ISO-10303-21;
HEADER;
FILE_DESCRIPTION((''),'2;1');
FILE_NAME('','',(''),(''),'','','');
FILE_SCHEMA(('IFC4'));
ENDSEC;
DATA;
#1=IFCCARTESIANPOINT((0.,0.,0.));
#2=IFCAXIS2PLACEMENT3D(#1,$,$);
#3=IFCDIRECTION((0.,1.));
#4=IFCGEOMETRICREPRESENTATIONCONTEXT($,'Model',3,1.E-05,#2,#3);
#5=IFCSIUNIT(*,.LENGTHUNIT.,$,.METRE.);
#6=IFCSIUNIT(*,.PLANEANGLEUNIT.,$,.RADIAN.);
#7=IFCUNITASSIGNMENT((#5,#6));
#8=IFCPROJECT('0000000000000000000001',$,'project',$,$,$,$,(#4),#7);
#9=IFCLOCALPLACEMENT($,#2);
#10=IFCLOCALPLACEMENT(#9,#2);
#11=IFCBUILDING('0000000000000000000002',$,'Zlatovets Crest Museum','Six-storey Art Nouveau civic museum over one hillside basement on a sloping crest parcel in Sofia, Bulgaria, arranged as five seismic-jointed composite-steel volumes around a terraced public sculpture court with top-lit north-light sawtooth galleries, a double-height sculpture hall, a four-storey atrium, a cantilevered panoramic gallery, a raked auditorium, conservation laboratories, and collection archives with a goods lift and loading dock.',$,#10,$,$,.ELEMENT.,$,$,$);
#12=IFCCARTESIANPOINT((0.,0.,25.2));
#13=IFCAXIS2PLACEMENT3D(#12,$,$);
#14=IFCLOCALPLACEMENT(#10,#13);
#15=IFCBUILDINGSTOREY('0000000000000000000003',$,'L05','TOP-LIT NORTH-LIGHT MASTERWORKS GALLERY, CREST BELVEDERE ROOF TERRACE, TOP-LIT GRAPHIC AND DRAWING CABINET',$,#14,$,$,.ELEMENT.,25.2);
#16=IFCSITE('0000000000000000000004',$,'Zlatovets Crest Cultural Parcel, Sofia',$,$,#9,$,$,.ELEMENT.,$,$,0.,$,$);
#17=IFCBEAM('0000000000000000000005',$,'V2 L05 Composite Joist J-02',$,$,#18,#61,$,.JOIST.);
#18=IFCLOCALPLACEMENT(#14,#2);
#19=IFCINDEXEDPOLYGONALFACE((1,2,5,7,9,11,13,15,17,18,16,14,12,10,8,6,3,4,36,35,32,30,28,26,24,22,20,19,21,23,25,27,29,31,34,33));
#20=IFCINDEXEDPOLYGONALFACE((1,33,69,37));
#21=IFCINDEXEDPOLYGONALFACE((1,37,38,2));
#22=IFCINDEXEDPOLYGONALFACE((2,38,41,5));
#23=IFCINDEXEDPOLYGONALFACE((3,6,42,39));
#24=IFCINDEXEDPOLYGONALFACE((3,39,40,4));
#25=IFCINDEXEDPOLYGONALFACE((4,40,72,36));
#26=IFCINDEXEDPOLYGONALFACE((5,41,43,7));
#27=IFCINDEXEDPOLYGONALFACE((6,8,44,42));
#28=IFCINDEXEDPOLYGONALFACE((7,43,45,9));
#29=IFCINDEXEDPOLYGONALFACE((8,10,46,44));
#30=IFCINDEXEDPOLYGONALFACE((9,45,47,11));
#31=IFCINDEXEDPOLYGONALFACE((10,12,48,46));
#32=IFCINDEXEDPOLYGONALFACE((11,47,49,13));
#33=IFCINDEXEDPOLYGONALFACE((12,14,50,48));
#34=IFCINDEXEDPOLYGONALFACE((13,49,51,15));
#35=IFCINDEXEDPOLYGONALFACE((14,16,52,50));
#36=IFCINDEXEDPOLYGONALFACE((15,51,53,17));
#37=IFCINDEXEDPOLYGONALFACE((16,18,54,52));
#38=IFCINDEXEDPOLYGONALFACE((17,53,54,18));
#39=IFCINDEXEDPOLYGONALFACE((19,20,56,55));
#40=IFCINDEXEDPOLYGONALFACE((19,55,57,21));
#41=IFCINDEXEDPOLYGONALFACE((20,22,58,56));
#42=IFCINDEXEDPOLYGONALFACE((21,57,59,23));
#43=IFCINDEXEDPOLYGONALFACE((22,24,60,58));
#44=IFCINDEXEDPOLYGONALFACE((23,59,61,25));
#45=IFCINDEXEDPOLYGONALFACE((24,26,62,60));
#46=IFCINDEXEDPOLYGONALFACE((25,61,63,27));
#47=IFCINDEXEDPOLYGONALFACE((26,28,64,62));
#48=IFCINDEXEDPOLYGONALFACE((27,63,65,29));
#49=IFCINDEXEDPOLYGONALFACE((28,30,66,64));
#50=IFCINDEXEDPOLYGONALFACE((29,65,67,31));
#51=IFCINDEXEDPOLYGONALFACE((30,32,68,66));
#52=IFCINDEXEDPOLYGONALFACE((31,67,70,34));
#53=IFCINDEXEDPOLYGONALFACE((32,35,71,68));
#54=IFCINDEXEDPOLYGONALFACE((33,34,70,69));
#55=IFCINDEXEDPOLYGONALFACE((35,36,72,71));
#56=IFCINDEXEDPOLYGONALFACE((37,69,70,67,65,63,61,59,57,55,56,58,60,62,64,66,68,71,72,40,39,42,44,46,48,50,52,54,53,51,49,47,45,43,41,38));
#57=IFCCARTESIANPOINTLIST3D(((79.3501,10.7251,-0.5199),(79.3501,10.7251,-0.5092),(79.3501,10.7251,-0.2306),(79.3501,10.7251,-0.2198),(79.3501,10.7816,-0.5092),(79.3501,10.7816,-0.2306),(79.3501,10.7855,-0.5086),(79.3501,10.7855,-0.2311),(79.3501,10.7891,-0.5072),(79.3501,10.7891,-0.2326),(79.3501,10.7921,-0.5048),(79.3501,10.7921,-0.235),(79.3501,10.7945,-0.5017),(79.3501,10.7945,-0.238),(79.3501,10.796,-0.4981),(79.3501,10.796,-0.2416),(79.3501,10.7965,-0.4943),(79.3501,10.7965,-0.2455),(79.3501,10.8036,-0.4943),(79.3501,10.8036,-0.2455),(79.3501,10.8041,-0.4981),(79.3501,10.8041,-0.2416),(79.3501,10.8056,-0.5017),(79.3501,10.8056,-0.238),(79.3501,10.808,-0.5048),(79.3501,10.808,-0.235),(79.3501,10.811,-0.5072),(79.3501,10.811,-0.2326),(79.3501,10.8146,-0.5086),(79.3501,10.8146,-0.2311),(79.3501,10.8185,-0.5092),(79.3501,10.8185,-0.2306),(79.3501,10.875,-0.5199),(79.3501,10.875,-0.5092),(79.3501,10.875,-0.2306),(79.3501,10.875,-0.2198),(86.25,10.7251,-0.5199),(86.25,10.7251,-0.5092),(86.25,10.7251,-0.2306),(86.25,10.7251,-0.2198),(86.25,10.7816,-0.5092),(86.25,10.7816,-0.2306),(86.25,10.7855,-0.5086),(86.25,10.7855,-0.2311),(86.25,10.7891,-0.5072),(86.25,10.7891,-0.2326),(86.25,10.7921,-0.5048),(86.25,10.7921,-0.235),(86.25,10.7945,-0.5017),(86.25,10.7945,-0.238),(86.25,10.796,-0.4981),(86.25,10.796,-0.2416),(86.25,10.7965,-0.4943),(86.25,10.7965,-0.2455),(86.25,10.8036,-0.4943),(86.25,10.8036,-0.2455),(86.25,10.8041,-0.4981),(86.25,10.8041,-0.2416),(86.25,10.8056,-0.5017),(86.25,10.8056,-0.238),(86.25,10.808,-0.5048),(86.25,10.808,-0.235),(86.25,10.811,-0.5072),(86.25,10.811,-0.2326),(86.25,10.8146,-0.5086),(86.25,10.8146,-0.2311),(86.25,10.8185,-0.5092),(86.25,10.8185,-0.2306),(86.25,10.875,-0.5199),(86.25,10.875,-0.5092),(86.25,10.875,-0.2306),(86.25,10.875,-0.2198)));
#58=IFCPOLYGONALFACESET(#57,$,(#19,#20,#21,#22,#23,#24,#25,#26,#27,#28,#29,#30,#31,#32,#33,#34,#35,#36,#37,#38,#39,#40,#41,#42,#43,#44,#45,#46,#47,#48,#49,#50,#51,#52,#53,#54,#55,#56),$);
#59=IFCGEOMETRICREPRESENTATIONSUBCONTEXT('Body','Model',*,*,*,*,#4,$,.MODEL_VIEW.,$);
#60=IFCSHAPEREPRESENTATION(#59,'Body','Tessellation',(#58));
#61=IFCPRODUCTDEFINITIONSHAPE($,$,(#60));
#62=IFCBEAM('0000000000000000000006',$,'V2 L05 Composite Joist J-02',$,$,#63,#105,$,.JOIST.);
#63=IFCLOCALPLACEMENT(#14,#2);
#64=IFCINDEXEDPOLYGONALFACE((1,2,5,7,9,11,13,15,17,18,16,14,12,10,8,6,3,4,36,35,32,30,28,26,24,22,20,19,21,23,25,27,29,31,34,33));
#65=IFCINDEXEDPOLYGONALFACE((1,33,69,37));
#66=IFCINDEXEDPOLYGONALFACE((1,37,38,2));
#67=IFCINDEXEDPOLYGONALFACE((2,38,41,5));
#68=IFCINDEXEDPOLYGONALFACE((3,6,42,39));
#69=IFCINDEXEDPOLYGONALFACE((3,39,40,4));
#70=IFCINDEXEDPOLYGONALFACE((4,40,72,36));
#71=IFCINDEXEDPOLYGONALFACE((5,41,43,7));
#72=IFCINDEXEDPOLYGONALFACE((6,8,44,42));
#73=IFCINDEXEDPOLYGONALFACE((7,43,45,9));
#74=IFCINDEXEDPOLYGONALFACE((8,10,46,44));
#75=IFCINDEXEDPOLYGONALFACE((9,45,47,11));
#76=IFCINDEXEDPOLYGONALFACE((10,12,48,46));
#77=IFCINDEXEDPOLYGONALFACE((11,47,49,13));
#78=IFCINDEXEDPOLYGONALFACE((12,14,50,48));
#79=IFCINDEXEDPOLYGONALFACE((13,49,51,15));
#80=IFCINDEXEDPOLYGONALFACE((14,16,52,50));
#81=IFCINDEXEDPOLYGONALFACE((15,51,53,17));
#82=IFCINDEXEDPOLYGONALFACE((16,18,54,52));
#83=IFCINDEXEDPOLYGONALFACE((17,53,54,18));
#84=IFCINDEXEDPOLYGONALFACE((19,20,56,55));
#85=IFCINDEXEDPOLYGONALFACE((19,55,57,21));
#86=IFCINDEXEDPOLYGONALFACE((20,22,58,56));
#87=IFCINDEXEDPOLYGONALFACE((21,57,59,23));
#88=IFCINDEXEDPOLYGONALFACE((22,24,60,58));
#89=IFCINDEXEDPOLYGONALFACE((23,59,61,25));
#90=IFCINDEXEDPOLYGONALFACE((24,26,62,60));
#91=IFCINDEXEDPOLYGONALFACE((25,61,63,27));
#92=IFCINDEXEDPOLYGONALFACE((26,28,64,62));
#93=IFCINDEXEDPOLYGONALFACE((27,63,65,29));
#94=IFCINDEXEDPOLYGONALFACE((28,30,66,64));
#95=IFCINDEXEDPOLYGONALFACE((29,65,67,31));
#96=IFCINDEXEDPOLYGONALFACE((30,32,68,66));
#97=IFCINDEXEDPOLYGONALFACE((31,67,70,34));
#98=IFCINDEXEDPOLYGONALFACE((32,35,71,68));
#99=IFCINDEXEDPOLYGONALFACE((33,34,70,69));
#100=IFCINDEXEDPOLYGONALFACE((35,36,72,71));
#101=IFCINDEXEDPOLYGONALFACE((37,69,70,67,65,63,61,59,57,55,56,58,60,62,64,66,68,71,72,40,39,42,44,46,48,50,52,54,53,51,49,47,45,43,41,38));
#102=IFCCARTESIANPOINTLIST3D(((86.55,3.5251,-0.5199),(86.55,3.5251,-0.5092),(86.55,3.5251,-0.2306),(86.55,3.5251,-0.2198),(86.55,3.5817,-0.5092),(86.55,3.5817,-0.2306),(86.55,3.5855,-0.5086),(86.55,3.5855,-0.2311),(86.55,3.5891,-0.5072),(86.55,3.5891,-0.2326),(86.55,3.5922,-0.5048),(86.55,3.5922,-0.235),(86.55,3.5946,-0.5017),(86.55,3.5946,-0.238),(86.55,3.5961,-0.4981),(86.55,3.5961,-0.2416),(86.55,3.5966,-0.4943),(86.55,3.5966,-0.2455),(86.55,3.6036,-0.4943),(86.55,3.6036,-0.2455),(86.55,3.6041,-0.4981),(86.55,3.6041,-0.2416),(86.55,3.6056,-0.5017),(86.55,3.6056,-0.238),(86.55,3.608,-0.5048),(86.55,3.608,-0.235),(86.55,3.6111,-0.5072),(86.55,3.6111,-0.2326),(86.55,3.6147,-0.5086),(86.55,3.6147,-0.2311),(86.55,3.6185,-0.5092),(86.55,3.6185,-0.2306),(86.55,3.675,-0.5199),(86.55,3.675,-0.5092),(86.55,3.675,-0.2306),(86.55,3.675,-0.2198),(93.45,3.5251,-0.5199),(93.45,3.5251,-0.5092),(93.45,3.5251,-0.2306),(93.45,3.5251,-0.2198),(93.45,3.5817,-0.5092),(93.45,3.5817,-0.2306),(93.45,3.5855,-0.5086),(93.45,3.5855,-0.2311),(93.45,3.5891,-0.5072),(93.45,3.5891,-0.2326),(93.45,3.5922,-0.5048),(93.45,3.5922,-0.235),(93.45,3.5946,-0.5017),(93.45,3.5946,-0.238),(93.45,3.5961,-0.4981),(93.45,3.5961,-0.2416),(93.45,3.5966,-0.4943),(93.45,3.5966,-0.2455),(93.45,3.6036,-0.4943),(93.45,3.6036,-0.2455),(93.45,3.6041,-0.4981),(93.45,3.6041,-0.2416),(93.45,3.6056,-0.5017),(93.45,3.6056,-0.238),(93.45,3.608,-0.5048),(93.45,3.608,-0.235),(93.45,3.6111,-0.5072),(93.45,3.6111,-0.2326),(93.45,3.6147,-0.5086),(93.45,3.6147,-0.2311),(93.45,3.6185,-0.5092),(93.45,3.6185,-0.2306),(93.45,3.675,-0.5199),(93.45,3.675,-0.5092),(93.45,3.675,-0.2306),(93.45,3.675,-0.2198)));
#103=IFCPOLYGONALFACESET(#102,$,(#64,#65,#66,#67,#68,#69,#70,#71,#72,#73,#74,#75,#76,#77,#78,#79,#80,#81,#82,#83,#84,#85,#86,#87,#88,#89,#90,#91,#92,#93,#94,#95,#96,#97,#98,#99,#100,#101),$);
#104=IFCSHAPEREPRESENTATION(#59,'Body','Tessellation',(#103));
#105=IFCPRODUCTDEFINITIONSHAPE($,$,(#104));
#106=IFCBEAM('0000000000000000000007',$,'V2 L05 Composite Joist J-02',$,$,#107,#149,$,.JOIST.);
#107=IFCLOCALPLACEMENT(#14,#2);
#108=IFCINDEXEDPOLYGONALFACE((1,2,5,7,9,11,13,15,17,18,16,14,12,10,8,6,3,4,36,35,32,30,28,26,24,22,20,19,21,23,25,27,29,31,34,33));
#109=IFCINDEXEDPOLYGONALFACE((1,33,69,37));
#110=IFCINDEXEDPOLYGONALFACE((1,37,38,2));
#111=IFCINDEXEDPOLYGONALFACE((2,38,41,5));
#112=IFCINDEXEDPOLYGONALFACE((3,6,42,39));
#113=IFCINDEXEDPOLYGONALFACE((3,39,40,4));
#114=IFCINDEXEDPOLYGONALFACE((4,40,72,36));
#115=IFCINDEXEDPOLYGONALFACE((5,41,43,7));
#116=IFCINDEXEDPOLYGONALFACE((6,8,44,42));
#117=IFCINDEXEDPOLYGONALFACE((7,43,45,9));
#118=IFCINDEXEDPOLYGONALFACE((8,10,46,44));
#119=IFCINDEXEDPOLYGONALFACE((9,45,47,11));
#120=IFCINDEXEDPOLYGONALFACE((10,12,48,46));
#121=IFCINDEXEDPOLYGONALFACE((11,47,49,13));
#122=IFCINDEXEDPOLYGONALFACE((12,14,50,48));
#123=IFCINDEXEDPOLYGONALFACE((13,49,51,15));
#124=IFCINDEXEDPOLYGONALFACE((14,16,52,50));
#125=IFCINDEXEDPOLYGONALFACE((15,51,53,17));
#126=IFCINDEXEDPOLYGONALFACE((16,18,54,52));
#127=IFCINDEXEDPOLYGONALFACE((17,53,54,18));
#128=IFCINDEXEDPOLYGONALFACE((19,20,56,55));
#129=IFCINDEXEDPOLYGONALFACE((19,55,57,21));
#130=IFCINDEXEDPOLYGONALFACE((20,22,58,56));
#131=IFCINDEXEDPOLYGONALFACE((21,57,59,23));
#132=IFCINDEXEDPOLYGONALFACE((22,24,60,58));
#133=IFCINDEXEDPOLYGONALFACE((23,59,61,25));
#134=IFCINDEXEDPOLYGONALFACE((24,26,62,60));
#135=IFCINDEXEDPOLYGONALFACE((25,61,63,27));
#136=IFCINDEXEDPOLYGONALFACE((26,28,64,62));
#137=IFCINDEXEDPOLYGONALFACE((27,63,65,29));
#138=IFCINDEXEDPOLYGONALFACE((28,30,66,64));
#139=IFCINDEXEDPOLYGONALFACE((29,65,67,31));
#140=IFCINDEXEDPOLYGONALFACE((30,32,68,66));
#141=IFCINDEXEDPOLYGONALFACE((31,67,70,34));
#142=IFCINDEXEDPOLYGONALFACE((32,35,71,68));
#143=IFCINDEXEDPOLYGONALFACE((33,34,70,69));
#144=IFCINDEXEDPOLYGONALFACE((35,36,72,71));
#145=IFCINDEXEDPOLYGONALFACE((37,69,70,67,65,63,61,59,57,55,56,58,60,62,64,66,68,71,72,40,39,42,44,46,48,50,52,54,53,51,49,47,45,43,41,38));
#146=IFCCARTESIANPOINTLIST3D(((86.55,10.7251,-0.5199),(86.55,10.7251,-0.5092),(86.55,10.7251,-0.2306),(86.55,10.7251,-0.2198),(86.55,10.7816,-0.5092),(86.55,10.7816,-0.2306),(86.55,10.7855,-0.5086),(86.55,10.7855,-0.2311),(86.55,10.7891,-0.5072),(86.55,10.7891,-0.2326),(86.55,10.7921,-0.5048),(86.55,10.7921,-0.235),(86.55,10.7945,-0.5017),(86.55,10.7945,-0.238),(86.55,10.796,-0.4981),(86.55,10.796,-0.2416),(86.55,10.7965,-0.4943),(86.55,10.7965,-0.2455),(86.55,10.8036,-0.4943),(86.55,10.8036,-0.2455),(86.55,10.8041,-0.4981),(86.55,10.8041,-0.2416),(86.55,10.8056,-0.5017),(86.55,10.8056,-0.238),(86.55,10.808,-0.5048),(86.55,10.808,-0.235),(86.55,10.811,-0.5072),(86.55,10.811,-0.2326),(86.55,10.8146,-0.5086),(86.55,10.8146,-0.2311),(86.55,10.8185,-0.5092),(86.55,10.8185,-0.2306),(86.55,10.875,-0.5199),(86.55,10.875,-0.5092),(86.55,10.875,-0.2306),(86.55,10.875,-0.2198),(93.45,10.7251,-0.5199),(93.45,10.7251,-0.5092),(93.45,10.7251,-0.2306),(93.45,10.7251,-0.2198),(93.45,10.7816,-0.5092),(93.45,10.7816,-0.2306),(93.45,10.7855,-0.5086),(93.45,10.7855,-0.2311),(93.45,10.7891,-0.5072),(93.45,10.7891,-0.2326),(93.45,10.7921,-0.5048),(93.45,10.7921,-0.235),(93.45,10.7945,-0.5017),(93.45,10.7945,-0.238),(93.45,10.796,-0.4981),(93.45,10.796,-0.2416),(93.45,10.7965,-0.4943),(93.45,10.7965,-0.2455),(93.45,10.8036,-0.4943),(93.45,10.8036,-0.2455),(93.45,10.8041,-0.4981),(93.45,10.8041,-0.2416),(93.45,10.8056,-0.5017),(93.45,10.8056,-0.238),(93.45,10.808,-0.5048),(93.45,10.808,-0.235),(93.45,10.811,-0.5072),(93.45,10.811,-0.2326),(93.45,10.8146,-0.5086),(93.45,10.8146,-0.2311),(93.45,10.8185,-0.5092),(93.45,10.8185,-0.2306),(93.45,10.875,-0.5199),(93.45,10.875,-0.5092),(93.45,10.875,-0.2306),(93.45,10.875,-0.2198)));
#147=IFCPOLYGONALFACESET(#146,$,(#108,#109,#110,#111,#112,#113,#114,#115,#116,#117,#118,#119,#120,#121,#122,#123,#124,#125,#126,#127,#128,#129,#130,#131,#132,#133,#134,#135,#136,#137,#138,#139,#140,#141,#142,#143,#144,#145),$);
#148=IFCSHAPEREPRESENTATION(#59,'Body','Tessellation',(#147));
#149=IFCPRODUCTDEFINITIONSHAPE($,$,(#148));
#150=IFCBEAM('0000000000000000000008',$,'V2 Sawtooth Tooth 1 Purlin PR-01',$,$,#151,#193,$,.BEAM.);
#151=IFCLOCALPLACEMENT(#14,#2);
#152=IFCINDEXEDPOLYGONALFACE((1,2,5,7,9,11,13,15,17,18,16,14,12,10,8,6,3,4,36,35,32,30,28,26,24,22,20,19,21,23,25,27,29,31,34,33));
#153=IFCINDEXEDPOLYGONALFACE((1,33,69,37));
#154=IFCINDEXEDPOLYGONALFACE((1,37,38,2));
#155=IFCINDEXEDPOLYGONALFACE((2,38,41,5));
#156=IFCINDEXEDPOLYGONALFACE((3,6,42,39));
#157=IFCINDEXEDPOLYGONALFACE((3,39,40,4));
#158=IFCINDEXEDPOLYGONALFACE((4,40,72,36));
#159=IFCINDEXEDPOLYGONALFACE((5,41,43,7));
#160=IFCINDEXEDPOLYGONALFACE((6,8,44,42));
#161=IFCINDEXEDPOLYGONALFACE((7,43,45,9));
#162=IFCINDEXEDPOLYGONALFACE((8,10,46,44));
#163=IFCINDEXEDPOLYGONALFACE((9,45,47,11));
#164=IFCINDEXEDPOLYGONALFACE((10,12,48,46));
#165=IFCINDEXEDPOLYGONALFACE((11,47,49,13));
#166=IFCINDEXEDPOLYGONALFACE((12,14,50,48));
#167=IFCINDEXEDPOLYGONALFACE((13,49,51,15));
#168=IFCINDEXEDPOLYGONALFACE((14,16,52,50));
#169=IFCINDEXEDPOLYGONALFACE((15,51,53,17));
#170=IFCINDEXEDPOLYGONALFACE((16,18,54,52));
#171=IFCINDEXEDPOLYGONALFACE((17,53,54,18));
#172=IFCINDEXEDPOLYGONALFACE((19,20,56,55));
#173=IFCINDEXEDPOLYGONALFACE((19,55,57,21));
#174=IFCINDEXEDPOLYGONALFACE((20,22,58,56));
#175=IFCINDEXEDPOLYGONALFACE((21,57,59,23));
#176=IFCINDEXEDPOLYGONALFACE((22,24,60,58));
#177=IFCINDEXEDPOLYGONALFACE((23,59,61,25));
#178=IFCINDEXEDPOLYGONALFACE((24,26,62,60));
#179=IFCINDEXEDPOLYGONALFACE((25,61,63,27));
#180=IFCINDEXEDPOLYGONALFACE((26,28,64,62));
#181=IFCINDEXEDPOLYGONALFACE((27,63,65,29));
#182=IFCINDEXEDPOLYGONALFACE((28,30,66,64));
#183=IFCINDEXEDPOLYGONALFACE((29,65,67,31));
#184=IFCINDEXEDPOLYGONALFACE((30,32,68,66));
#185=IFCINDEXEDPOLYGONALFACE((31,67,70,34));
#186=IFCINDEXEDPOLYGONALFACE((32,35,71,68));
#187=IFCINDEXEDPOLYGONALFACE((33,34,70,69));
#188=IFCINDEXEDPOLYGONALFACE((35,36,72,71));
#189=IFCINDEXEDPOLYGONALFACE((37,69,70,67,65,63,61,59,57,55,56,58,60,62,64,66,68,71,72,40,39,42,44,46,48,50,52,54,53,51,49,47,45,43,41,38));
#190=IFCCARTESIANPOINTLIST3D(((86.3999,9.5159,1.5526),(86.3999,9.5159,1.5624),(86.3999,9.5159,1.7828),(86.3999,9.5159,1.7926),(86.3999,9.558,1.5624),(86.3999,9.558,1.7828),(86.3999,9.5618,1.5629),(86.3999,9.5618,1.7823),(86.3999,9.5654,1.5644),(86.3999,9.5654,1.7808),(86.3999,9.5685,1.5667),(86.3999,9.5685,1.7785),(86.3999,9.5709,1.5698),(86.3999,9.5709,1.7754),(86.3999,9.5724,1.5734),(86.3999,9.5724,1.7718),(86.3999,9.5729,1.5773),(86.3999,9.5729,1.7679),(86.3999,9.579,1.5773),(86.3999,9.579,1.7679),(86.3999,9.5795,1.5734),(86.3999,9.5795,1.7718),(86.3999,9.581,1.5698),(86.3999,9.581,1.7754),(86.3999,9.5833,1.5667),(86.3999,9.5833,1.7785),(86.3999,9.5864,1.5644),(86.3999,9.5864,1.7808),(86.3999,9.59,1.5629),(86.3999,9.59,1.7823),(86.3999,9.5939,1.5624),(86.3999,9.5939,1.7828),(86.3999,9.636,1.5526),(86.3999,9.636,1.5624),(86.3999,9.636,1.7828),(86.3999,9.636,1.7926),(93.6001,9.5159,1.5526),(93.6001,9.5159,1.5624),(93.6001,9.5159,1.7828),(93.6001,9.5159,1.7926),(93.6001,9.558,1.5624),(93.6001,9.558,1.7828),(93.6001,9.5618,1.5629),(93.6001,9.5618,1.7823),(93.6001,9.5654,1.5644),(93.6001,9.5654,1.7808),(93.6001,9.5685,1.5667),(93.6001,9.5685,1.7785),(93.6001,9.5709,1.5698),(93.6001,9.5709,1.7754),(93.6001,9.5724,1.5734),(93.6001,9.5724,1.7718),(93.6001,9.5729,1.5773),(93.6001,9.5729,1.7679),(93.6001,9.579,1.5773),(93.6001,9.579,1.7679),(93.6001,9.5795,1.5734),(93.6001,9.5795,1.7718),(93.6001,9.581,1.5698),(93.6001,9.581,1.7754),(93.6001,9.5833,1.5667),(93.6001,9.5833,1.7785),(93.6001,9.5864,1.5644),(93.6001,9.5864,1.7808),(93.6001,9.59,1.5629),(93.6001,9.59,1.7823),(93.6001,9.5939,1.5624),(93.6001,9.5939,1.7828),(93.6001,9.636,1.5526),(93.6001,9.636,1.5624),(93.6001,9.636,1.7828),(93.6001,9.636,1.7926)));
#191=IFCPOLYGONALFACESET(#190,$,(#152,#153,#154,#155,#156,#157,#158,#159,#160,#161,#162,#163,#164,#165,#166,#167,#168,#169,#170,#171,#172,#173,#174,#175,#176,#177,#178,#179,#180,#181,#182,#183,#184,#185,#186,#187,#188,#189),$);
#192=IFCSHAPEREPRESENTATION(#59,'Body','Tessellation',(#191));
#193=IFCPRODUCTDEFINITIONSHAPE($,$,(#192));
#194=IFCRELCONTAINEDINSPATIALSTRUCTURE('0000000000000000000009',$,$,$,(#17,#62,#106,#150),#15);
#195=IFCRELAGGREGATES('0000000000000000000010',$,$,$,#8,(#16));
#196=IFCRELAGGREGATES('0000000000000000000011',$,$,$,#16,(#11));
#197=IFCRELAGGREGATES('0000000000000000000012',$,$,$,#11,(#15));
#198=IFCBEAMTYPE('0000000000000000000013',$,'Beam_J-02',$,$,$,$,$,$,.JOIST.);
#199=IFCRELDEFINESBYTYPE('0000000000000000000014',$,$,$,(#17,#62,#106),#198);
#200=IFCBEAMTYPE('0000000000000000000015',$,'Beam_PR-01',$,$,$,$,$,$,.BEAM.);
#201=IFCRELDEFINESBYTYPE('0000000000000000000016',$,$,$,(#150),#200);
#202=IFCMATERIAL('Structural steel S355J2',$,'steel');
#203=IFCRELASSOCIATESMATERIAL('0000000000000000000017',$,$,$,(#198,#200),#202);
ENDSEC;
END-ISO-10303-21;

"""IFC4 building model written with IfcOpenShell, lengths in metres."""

from ifc_helpers import new_model, si_unit, direction, frame, origin, origin_2d, place, context, subcontext, project, spatial, i_section, extrude, material, material_profile, profile_set, type_object, element, save


model = new_model("IFC4")

# Units and contexts
model_context = context("Model", 3, precision=1e-05, world=origin(), true_north=direction((0.0, 1.0)))
body_context = subcontext(model_context, "Body", "Model", "MODEL_VIEW")
ifc_project = project(units=[si_unit("LENGTHUNIT", "METRE"), si_unit("PLANEANGLEUNIT", "RADIAN")], contexts=[model_context])

# Site, building, storey
site_placement = place(None, origin())
site = spatial("IfcSite", under=ifc_project, at=site_placement, Name="Zlatovets Crest Cultural Parcel, Sofia", CompositionType="ELEMENT", RefElevation=0.0)
building_placement = place(site_placement, origin())
building = spatial("IfcBuilding", under=site, at=building_placement, Name="Zlatovets Crest Museum", Description="Six-storey Art Nouveau civic museum over one hillside basement on a sloping crest parcel in Sofia, Bulgaria, arranged as five seismic-jointed composite-steel volumes around a terraced public sculpture court with top-lit north-light sawtooth galleries, a double-height sculpture hall, a four-storey atrium, a cantilevered panoramic gallery, a raked auditorium, conservation laboratories, and collection archives with a goods lift and loading dock.", CompositionType="ELEMENT")
storey_placement = place(building_placement, frame((0.0, 0.0, 25.2)))
storey = spatial("IfcBuildingStorey", under=building, at=storey_placement, Name="L05", Description="TOP-LIT NORTH-LIGHT MASTERWORKS GALLERY, CREST BELVEDERE ROOF TERRACE, TOP-LIT GRAPHIC AND DRAWING CABINET", CompositionType="ELEMENT", Elevation=25.2)

# Beams
ifc_material_1 = material(Name="Structural steel S355J2", Category="steel")
ifc_material_profile_1 = material_profile(ifc_material_1, i_section(OverallWidth=0.1499, OverallDepth=0.3, WebThickness=0.0071, FlangeThickness=0.0107, FilletRadius=0.0149, at=origin_2d()), Name="IPE 300")
ifc_profile_set_1 = profile_set([ifc_material_profile_1], Name="Structural steel S355J2")
beam_type_1 = type_object("IfcBeamType", Name="Beam_J-02", PredefinedType="JOIST", material=ifc_profile_set_1)
for number, where, z_axis, x_axis, name in (
    (1, (79.3501, 10.8, -0.3699), (1.0, 0.0, 0.0), (0.0, 1.0, 0.0), "V2 L05 Composite Joist J-02"),
    (2, (86.55, 3.6001, -0.3699), (1.0, 0.0, 0.0), (0.0, 1.0, 0.0), "V2 L05 Composite Joist J-02"),
    (3, (86.55, 10.8, -0.3699), (1.0, 0.0, 0.0), (0.0, 1.0, 0.0), "V2 L05 Composite Joist J-02"),
):
    element("IfcBeam", number, at=place(storey_placement, frame(where, z_axis=z_axis, x_axis=x_axis)), inside=storey, type_object=beam_type_1, Name=name, PredefinedType="JOIST", context=body_context, shape_type="SweptSolid", body=[
        extrude(i_section(OverallWidth=0.1499, OverallDepth=0.3, WebThickness=0.0071, FlangeThickness=0.0107, FilletRadius=0.0149, at=origin_2d()), origin(), (0.0, 0.0, 1.0), 6.8999),
    ])
ifc_material_profile_2 = material_profile(ifc_material_1, i_section(OverallWidth=0.1201, OverallDepth=0.24, WebThickness=0.0061, FlangeThickness=0.0098, FilletRadius=0.0149, at=origin_2d()), Name="IPE 240")
ifc_profile_set_2 = profile_set([ifc_material_profile_2], Name="Structural steel S355J2")
beam_type_2 = type_object("IfcBeamType", Name="Beam_PR-01", PredefinedType="BEAM", material=ifc_profile_set_2)
for number, where, z_axis, x_axis, name in (
    (4, (86.3999, 9.5759, 1.6726), (1.0, 0.0, 0.0), (0.0, 1.0, 0.0), "V2 Sawtooth Tooth 1 Purlin PR-01"),
):
    element("IfcBeam", number, at=place(storey_placement, frame(where, z_axis=z_axis, x_axis=x_axis)), inside=storey, type_object=beam_type_2, Name=name, PredefinedType="BEAM", context=body_context, shape_type="SweptSolid", body=[
        extrude(i_section(OverallWidth=0.1201, OverallDepth=0.24, WebThickness=0.0061, FlangeThickness=0.0098, FilletRadius=0.0149, at=origin_2d()), origin(), (0.0, 0.0, 1.0), 7.2002),
    ])

save(model, "model.ifc")
